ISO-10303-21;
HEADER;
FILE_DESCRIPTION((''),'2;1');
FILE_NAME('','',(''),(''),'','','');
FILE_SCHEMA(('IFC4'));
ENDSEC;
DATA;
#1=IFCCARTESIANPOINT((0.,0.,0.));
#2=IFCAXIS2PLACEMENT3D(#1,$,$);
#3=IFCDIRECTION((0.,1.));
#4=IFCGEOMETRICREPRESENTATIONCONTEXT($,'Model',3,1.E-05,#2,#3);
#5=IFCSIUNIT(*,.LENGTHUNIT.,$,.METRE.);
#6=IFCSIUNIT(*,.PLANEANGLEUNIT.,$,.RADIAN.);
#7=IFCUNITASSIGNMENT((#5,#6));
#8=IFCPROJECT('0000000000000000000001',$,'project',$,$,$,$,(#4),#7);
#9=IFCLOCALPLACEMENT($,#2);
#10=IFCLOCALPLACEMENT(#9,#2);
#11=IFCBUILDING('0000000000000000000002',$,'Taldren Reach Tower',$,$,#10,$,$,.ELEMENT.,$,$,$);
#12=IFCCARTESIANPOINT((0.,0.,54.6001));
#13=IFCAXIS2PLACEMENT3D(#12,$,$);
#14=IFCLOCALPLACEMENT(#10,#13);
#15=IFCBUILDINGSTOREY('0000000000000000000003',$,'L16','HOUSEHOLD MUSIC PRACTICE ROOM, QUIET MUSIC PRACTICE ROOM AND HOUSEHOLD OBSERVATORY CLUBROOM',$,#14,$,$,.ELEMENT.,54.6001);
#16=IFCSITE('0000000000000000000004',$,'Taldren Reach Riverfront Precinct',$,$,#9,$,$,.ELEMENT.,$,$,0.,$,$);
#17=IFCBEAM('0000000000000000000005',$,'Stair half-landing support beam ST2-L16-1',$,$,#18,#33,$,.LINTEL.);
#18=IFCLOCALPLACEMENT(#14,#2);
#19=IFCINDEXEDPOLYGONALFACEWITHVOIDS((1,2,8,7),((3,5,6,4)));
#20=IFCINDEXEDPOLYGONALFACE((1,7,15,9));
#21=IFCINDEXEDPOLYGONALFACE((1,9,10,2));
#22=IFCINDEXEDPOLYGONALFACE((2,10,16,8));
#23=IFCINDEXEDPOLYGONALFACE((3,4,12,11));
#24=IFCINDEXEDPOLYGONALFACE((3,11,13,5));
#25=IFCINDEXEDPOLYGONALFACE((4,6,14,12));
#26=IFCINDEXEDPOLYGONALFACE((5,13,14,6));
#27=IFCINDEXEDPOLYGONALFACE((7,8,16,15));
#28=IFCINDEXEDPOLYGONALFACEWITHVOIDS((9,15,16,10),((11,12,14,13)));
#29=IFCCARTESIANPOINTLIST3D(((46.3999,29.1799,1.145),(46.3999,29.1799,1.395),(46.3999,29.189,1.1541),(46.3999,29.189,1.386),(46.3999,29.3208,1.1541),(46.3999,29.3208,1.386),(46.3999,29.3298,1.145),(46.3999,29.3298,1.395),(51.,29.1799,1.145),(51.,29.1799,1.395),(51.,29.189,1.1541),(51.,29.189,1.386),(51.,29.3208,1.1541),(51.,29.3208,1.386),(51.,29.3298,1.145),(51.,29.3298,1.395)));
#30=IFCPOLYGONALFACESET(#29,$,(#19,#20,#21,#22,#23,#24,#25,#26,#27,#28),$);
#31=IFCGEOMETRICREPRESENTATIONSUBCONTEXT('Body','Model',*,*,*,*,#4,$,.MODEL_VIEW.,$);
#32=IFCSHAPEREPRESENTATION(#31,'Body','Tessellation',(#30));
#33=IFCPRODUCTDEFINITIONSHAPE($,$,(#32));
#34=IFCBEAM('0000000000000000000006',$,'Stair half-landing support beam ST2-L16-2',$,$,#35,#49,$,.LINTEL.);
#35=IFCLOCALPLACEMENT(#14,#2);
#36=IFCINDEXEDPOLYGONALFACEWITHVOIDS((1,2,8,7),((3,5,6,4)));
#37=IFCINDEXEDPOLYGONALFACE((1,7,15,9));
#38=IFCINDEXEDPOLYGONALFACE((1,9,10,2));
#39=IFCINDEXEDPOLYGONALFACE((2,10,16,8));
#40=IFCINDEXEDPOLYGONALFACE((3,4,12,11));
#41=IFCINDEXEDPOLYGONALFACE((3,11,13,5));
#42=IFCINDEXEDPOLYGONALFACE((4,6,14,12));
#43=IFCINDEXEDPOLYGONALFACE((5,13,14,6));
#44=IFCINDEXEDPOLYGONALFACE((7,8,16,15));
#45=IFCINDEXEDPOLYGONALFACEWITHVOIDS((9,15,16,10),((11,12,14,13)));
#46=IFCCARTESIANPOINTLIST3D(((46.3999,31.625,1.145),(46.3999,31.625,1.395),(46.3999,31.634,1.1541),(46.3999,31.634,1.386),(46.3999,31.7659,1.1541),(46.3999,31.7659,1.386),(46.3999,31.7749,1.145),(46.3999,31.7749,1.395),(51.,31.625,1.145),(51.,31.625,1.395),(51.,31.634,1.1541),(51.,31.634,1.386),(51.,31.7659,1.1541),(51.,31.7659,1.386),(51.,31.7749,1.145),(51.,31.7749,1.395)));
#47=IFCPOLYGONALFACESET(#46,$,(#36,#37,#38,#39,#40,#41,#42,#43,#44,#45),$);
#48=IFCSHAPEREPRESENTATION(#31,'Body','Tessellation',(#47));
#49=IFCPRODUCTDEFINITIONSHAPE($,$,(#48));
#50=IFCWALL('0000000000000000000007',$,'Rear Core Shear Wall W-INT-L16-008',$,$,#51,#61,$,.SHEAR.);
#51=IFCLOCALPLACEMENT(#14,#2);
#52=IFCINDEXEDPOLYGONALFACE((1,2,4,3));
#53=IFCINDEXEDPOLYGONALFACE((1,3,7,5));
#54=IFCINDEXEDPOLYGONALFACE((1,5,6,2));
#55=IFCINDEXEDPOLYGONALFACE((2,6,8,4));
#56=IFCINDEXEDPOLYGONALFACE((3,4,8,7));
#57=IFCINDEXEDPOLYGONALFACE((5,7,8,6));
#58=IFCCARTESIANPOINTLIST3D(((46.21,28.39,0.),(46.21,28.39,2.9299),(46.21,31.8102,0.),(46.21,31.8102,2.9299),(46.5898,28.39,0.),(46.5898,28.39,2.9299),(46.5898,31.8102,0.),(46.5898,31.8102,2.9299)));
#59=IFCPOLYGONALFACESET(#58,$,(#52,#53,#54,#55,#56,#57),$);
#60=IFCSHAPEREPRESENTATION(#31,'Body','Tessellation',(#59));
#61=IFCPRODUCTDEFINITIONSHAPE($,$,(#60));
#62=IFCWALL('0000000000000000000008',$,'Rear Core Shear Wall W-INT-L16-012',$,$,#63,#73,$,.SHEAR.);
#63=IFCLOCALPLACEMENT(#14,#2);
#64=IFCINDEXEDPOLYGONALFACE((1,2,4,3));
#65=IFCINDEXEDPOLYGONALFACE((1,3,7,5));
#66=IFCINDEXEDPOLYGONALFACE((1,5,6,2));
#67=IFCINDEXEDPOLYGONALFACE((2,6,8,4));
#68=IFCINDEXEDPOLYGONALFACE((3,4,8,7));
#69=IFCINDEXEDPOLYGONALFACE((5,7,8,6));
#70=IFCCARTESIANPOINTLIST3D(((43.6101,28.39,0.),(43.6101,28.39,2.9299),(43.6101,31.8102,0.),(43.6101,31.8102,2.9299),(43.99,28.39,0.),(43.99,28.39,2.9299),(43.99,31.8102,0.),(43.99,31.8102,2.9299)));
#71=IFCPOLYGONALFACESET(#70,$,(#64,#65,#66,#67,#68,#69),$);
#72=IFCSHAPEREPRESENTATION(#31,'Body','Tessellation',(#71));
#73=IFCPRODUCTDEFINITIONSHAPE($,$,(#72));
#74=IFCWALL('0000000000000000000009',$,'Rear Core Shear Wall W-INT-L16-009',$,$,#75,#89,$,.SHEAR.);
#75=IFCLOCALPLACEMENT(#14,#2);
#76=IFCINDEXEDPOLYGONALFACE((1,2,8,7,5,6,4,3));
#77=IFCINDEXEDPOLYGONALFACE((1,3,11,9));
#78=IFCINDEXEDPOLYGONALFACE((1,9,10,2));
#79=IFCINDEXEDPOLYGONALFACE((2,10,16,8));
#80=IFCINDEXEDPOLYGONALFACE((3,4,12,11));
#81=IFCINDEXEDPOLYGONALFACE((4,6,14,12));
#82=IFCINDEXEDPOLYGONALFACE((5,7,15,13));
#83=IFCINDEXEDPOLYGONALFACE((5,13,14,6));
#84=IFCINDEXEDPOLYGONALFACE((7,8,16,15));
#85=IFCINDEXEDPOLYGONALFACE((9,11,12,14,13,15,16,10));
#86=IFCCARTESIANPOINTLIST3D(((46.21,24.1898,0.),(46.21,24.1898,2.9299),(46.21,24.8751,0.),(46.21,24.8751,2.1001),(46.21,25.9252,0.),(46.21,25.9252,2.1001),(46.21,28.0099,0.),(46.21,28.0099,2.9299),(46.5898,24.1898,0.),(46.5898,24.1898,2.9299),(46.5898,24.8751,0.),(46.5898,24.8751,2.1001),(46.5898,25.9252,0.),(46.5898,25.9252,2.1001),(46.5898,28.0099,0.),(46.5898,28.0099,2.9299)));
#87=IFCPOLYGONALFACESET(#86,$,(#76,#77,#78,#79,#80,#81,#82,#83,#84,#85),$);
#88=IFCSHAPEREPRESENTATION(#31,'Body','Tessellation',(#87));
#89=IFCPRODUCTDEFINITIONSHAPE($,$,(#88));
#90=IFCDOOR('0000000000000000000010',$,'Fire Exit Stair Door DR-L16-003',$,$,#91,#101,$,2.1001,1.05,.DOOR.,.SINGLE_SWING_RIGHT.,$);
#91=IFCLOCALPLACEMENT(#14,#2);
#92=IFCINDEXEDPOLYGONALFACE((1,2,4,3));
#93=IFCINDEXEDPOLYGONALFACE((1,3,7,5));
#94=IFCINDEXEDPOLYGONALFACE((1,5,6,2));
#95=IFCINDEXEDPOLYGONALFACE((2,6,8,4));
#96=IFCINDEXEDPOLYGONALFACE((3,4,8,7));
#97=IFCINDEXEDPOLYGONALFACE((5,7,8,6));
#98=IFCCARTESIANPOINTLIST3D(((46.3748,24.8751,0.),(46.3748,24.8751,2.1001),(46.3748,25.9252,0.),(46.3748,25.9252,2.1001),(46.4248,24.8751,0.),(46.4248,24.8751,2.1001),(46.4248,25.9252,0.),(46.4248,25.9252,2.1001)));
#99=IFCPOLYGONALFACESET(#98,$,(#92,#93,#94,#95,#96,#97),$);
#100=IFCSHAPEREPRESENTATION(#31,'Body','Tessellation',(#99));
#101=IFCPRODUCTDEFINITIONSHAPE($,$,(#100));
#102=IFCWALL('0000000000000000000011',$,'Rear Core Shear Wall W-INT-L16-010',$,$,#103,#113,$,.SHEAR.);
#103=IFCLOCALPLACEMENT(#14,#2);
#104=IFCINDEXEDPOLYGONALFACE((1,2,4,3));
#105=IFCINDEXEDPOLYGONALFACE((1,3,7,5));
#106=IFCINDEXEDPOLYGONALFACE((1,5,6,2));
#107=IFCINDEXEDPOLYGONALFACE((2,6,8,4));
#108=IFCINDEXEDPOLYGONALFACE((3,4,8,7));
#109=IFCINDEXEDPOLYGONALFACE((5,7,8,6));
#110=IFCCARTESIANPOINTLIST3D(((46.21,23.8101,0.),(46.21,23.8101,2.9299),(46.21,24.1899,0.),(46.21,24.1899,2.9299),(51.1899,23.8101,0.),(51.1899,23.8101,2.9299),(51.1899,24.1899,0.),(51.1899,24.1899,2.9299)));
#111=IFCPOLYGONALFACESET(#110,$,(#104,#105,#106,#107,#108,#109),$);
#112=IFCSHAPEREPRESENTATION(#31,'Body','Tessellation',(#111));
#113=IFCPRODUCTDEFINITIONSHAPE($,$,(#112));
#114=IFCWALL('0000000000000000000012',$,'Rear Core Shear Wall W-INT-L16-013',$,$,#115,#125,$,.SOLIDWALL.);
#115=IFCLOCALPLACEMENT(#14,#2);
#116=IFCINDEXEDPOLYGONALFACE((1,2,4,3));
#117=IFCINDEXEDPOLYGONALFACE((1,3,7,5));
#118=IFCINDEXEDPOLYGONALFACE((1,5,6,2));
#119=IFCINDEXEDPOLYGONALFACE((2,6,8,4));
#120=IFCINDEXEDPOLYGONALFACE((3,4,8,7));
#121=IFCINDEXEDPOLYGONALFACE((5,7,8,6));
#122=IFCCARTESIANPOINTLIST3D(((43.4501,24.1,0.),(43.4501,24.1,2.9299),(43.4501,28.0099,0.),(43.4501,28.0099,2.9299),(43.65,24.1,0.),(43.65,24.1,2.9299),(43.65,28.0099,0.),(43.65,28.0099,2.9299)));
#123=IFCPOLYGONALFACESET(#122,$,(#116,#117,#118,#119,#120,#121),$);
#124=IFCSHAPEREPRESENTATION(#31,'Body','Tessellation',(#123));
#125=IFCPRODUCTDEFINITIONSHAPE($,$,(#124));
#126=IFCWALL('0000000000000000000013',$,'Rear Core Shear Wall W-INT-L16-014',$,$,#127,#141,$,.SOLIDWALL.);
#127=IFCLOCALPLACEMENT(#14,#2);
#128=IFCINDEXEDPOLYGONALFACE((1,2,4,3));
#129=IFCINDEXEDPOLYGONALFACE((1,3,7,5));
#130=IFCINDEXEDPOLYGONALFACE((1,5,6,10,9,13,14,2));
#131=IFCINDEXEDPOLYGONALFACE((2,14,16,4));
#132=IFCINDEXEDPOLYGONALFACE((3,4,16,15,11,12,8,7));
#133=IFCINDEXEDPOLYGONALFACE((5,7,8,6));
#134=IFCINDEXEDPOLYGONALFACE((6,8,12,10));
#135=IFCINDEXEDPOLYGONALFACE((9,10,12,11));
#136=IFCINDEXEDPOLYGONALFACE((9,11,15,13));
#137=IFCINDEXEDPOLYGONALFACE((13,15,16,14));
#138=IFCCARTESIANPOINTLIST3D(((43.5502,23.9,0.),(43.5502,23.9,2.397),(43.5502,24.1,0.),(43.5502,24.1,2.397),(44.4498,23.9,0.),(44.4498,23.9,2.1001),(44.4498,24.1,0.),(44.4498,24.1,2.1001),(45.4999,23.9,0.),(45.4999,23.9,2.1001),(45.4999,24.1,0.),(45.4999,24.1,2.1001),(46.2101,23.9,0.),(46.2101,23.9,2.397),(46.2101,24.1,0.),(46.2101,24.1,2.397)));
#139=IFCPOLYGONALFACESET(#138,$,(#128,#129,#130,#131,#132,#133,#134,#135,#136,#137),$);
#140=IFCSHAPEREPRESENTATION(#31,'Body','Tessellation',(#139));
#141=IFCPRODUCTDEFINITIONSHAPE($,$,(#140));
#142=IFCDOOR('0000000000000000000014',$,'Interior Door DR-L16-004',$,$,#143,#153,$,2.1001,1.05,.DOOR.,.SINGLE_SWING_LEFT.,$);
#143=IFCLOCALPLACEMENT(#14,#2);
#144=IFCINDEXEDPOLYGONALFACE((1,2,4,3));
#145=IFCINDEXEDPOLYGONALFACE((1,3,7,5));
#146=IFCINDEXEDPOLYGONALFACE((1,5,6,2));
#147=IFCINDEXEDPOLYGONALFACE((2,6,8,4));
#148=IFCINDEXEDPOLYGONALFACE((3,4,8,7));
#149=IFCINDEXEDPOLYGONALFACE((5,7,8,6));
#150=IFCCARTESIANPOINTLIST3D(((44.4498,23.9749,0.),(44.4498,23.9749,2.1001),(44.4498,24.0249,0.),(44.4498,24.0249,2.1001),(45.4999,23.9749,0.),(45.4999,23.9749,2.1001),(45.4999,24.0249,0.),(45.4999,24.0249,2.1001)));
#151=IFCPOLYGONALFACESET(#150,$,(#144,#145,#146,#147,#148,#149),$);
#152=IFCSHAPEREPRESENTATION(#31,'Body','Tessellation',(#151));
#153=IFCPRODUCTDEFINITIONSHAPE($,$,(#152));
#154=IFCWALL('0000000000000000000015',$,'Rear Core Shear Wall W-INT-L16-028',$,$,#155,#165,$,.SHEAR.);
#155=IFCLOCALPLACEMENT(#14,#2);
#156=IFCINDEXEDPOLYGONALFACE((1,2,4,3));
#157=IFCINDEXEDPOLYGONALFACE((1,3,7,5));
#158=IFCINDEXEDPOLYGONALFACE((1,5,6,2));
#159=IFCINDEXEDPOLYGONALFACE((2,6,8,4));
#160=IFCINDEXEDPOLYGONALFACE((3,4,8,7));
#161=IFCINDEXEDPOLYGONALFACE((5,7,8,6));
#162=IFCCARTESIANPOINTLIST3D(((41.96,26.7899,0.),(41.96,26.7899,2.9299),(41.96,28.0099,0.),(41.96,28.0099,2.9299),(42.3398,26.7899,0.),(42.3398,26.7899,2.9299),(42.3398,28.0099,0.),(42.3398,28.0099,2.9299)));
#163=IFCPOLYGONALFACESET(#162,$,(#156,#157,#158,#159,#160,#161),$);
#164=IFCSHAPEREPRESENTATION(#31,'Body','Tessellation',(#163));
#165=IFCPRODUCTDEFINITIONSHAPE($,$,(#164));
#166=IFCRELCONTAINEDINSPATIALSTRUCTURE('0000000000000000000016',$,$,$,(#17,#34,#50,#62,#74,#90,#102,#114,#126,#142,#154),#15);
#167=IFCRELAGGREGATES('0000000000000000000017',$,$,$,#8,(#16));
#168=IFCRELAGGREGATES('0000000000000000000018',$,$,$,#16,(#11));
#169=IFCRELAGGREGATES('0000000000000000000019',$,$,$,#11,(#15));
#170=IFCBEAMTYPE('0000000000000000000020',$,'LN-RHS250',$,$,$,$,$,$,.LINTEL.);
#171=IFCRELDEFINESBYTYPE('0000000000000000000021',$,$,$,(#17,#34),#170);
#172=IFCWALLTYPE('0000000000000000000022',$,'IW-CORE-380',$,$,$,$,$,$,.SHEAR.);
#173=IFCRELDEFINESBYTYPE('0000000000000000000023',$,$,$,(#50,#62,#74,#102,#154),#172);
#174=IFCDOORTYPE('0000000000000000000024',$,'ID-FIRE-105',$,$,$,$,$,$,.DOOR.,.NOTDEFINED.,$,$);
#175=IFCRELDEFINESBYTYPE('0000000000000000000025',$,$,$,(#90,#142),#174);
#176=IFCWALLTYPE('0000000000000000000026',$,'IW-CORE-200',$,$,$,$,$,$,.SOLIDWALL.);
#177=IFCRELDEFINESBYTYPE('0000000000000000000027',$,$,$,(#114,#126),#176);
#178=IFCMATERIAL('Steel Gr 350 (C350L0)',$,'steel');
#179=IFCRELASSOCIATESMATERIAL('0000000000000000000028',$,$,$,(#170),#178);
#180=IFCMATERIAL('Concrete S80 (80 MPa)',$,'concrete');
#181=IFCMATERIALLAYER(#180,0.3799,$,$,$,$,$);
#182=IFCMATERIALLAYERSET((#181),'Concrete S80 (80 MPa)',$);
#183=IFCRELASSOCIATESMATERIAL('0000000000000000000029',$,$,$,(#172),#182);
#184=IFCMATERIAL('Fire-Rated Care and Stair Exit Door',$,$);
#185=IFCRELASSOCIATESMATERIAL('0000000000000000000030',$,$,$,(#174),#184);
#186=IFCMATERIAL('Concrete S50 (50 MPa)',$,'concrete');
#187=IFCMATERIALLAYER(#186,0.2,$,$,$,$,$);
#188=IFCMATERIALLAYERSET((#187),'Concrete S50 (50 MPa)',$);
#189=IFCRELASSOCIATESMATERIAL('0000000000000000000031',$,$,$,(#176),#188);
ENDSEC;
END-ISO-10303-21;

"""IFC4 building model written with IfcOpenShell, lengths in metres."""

from ifc_helpers import new_model, si_unit, direction, frame, frame_2d, origin, origin_2d, place, context, subcontext, project, spatial, rectangle, hollow_rectangle, extrude, source, transform, mapped, material, layer, layer_set, material_profile, profile_set, type_object, element, fill, save


model = new_model("IFC4")

# Units and contexts
model_context = context("Model", 3, precision=1e-05, world=origin(), true_north=direction((0.0, 1.0)))
body_context = subcontext(model_context, "Body", "Model", "MODEL_VIEW")
ifc_project = project(units=[si_unit("LENGTHUNIT", "METRE"), si_unit("PLANEANGLEUNIT", "RADIAN")], contexts=[model_context])

# Site, building, storey
site_placement = place(None, origin())
site = spatial("IfcSite", under=ifc_project, at=site_placement, Name="Taldren Reach Riverfront Precinct", CompositionType="ELEMENT", RefElevation=0.0)
building_placement = place(site_placement, origin())
building = spatial("IfcBuilding", under=site, at=building_placement, Name="Taldren Reach Tower", CompositionType="ELEMENT")
storey_placement = place(building_placement, frame((0.0, 0.0, 54.6001)))
storey = spatial("IfcBuildingStorey", under=building, at=storey_placement, Name="L16", Description="HOUSEHOLD MUSIC PRACTICE ROOM, QUIET MUSIC PRACTICE ROOM AND HOUSEHOLD OBSERVATORY CLUBROOM", CompositionType="ELEMENT", Elevation=54.6001)

# Beams
ifc_material_1 = material(Name="Steel Gr 350 (C350L0)", Category="steel")
ifc_material_profile = material_profile(ifc_material_1, hollow_rectangle(XDim=0.1499, YDim=0.25, WallThickness=0.009, at=origin_2d()), Name="250x150x9.0RHS")
ifc_profile_set = profile_set([ifc_material_profile], Name="Steel Gr 350 (C350L0)")
beam_type = type_object("IfcBeamType", Name="LN-RHS250", PredefinedType="LINTEL", material=ifc_profile_set)
shared_shape_1 = source(origin(), body_context, "Body", "SweptSolid", [
    extrude(hollow_rectangle(XDim=0.1499, YDim=0.25, WallThickness=0.009, at=origin_2d()), origin(), (0.0, 0.0, 1.0), 4.6001),
])
for number, where, z_axis, x_axis, name in (
    (1, (46.3999, 29.2549, 1.27), (1.0, 0.0, 0.0), (0.0, 1.0, 0.0), "Stair half-landing support beam ST2-L16-1"),
    (2, (46.3999, 31.7, 1.27), (1.0, 0.0, 0.0), (0.0, 1.0, 0.0), "Stair half-landing support beam ST2-L16-2"),
):
    element("IfcBeam", number, at=place(storey_placement, frame(where, z_axis=z_axis, x_axis=x_axis)), inside=storey, type_object=beam_type, Name=name, PredefinedType="LINTEL", context=body_context, shape_type="MappedRepresentation", body=[
        mapped(shared_shape_1, transform((0.0, 0.0, 0.0), scale=1.0)),
    ])

# Walls
ifc_material_2 = material(Name="Concrete S80 (80 MPa)", Category="concrete")
ifc_layer_1 = layer(ifc_material_2, 0.3799)
ifc_layer_set_1 = layer_set([ifc_layer_1], Name="Concrete S80 (80 MPa)")
wall_type_1 = type_object("IfcWallType", Name="IW-CORE-380", PredefinedType="SHEAR", material=ifc_layer_set_1)
shared_shape_2 = source(origin(), body_context, "Body", "SweptSolid", [
    extrude(rectangle(XDim=3.4202, YDim=0.3799, at=frame_2d((1.71, 0.0))), origin(), (0.0, 0.0, 1.0), 2.9299),
])
for number, where, z_axis, x_axis, name in (
    (3, (46.3999, 31.8101, 0.0), (0.0, 0.0, 1.0), (0.0, -1.0, 0.0), "Rear Core Shear Wall W-INT-L16-008"),
    (4, (43.8, 31.8101, 0.0), (0.0, 0.0, 1.0), (0.0, -1.0, 0.0), "Rear Core Shear Wall W-INT-L16-012"),
):
    element("IfcWall", number, at=place(storey_placement, frame(where, z_axis=z_axis, x_axis=x_axis)), inside=storey, type_object=wall_type_1, Name=name, PredefinedType="SHEAR", context=body_context, shape_type="MappedRepresentation", body=[
        mapped(shared_shape_2, transform((0.0, 0.0, 0.0), scale=1.0)),
    ])

# Wall, opening, door
shared_shape_3 = source(origin(), body_context, "Body", "SweptSolid", [
    extrude(rectangle(XDim=3.8201, YDim=0.3799, at=frame_2d((1.9102, 0.0))), origin(), (0.0, 0.0, 1.0), 2.9299),
])
wall_1_placement = place(storey_placement, frame((46.3999, 28.01, 0.0), z_axis=(0.0, 0.0, 1.0), x_axis=(0.0, -1.0, 0.0)))
wall_1 = element("IfcWall", 5, at=wall_1_placement, inside=storey, type_object=wall_type_1, Name="Rear Core Shear Wall W-INT-L16-009", PredefinedType="SHEAR", context=body_context, shape_type="MappedRepresentation", body=[
    mapped(shared_shape_3, transform((0.0, 0.0, 0.0), scale=1.0)),
])
shared_shape_4 = source(origin(), body_context, "Body", "SweptSolid", [
    extrude(rectangle(XDim=1.05, YDim=2.1001, at=frame_2d((0.5249, 1.05))), frame((0.0, 0.2, 0.0), z_axis=(0.0, -1.0, 0.0), x_axis=(1.0, 0.0, 0.0)), (0.0, 0.0, 1.0), 0.3999),
])
opening_1_placement = place(wall_1_placement, frame((2.085, 0.0, 0.0)))
opening_1 = element("IfcOpeningElement", 6, at=opening_1_placement, cuts=wall_1, PredefinedType="OPENING", context=body_context, shape_type="MappedRepresentation", body=[
    mapped(shared_shape_4, transform((0.0, 0.0, 0.0), scale=1.0)),
])
ifc_material_3 = material(Name="Fire-Rated Care and Stair Exit Door")
door_type_1 = type_object("IfcDoorType", Name="ID-FIRE-105", OperationType="NOTDEFINED", PredefinedType="DOOR", material=ifc_material_3)
shared_shape_5 = source(origin(), body_context, "Body", "SweptSolid", [
    extrude(rectangle(XDim=1.05, YDim=2.1001, at=frame_2d((0.5249, 1.05))), frame((0.0, 0.0249, 0.0), z_axis=(0.0, -1.0, 0.0), x_axis=(1.0, 0.0, 0.0)), (0.0, 0.0, 1.0), 0.05),
])
door_1_placement = place(opening_1_placement, origin())
door_1 = element("IfcDoor", 7, at=door_1_placement, inside=storey, type_object=door_type_1, Name="Fire Exit Stair Door DR-L16-003", OperationType="SINGLE_SWING_RIGHT", OverallHeight=2.1001, OverallWidth=1.05, PredefinedType="DOOR", context=body_context, shape_type="MappedRepresentation", body=[
    mapped(shared_shape_5, transform((0.0, 0.0, 0.0), scale=1.0)),
])
fill(opening_1, door_1)

# Wall
shared_shape_6 = source(origin(), body_context, "Body", "SweptSolid", [
    extrude(rectangle(XDim=4.98, YDim=0.3799, at=frame_2d((2.49, 0.0))), origin(), (0.0, 0.0, 1.0), 2.9299),
])
wall_2_placement = place(storey_placement, frame((46.21, 24.0, 0.0), z_axis=(0.0, 0.0, 1.0), x_axis=(1.0, 0.0, 0.0)))
element("IfcWall", 8, at=wall_2_placement, inside=storey, type_object=wall_type_1, Name="Rear Core Shear Wall W-INT-L16-010", PredefinedType="SHEAR", context=body_context, shape_type="MappedRepresentation", body=[
    mapped(shared_shape_6, transform((0.0, 0.0, 0.0), scale=1.0)),
])

# Wall
ifc_material_4 = material(Name="Concrete S50 (50 MPa)", Category="concrete")
ifc_layer_2 = layer(ifc_material_4, 0.2)
ifc_layer_set_2 = layer_set([ifc_layer_2], Name="Concrete S50 (50 MPa)")
wall_type_2 = type_object("IfcWallType", Name="IW-CORE-200", PredefinedType="SOLIDWALL", material=ifc_layer_set_2)
shared_shape_7 = source(origin(), body_context, "Body", "SweptSolid", [
    extrude(rectangle(XDim=3.9099, YDim=0.2, at=frame_2d((1.9551, 0.0))), origin(), (0.0, 0.0, 1.0), 2.9299),
])
wall_3_placement = place(storey_placement, frame((43.55, 28.01, 0.0), z_axis=(0.0, 0.0, 1.0), x_axis=(0.0, -1.0, 0.0)))
element("IfcWall", 9, at=wall_3_placement, inside=storey, type_object=wall_type_2, Name="Rear Core Shear Wall W-INT-L16-013", PredefinedType="SOLIDWALL", context=body_context, shape_type="MappedRepresentation", body=[
    mapped(shared_shape_7, transform((0.0, 0.0, 0.0), scale=1.0)),
])

# Wall, opening, door
shared_shape_8 = source(origin(), body_context, "Body", "SweptSolid", [
    extrude(rectangle(XDim=2.6599, YDim=0.2, at=frame_2d((1.3301, 0.0))), origin(), (0.0, 0.0, 1.0), 2.397),
])
wall_4_placement = place(storey_placement, frame((43.55, 24.0, 0.0), z_axis=(0.0, 0.0, 1.0), x_axis=(1.0, 0.0, 0.0)))
wall_4 = element("IfcWall", 10, at=wall_4_placement, inside=storey, type_object=wall_type_2, Name="Rear Core Shear Wall W-INT-L16-014", PredefinedType="SOLIDWALL", context=body_context, shape_type="MappedRepresentation", body=[
    mapped(shared_shape_8, transform((0.0, 0.0, 0.0), scale=1.0)),
])
shared_shape_9 = source(origin(), body_context, "Body", "SweptSolid", [
    extrude(rectangle(XDim=1.05, YDim=2.1001, at=frame_2d((0.5249, 1.05))), frame((0.0, 0.1099, 0.0), z_axis=(0.0, -1.0, 0.0), x_axis=(1.0, 0.0, 0.0)), (0.0, 0.0, 1.0), 0.22),
])
opening_2_placement = place(wall_4_placement, frame((0.8999, 0.0, 0.0)))
opening_2 = element("IfcOpeningElement", 11, at=opening_2_placement, cuts=wall_4, PredefinedType="OPENING", context=body_context, shape_type="MappedRepresentation", body=[
    mapped(shared_shape_9, transform((0.0, 0.0, 0.0), scale=1.0)),
])
door_2_placement = place(opening_2_placement, origin())
door_2 = element("IfcDoor", 12, at=door_2_placement, inside=storey, type_object=door_type_1, Name="Interior Door DR-L16-004", OperationType="SINGLE_SWING_LEFT", OverallHeight=2.1001, OverallWidth=1.05, PredefinedType="DOOR", context=body_context, shape_type="MappedRepresentation", body=[
    mapped(shared_shape_5, transform((0.0, 0.0, 0.0), scale=1.0)),
])
fill(opening_2, door_2)

# Wall
shared_shape_10 = source(origin(), body_context, "Body", "SweptSolid", [
    extrude(rectangle(XDim=1.22, YDim=0.3799, at=frame_2d((0.6099, 0.0))), origin(), (0.0, 0.0, 1.0), 2.9299),
])
wall_5_placement = place(storey_placement, frame((42.1499, 26.79, 0.0), z_axis=(0.0, 0.0, 1.0), x_axis=(0.0, 1.0, 0.0)))
element("IfcWall", 13, at=wall_5_placement, inside=storey, type_object=wall_type_1, Name="Rear Core Shear Wall W-INT-L16-028", PredefinedType="SHEAR", context=body_context, shape_type="MappedRepresentation", body=[
    mapped(shared_shape_10, transform((0.0, 0.0, 0.0), scale=1.0)),
])

save(model, "model.ifc")
